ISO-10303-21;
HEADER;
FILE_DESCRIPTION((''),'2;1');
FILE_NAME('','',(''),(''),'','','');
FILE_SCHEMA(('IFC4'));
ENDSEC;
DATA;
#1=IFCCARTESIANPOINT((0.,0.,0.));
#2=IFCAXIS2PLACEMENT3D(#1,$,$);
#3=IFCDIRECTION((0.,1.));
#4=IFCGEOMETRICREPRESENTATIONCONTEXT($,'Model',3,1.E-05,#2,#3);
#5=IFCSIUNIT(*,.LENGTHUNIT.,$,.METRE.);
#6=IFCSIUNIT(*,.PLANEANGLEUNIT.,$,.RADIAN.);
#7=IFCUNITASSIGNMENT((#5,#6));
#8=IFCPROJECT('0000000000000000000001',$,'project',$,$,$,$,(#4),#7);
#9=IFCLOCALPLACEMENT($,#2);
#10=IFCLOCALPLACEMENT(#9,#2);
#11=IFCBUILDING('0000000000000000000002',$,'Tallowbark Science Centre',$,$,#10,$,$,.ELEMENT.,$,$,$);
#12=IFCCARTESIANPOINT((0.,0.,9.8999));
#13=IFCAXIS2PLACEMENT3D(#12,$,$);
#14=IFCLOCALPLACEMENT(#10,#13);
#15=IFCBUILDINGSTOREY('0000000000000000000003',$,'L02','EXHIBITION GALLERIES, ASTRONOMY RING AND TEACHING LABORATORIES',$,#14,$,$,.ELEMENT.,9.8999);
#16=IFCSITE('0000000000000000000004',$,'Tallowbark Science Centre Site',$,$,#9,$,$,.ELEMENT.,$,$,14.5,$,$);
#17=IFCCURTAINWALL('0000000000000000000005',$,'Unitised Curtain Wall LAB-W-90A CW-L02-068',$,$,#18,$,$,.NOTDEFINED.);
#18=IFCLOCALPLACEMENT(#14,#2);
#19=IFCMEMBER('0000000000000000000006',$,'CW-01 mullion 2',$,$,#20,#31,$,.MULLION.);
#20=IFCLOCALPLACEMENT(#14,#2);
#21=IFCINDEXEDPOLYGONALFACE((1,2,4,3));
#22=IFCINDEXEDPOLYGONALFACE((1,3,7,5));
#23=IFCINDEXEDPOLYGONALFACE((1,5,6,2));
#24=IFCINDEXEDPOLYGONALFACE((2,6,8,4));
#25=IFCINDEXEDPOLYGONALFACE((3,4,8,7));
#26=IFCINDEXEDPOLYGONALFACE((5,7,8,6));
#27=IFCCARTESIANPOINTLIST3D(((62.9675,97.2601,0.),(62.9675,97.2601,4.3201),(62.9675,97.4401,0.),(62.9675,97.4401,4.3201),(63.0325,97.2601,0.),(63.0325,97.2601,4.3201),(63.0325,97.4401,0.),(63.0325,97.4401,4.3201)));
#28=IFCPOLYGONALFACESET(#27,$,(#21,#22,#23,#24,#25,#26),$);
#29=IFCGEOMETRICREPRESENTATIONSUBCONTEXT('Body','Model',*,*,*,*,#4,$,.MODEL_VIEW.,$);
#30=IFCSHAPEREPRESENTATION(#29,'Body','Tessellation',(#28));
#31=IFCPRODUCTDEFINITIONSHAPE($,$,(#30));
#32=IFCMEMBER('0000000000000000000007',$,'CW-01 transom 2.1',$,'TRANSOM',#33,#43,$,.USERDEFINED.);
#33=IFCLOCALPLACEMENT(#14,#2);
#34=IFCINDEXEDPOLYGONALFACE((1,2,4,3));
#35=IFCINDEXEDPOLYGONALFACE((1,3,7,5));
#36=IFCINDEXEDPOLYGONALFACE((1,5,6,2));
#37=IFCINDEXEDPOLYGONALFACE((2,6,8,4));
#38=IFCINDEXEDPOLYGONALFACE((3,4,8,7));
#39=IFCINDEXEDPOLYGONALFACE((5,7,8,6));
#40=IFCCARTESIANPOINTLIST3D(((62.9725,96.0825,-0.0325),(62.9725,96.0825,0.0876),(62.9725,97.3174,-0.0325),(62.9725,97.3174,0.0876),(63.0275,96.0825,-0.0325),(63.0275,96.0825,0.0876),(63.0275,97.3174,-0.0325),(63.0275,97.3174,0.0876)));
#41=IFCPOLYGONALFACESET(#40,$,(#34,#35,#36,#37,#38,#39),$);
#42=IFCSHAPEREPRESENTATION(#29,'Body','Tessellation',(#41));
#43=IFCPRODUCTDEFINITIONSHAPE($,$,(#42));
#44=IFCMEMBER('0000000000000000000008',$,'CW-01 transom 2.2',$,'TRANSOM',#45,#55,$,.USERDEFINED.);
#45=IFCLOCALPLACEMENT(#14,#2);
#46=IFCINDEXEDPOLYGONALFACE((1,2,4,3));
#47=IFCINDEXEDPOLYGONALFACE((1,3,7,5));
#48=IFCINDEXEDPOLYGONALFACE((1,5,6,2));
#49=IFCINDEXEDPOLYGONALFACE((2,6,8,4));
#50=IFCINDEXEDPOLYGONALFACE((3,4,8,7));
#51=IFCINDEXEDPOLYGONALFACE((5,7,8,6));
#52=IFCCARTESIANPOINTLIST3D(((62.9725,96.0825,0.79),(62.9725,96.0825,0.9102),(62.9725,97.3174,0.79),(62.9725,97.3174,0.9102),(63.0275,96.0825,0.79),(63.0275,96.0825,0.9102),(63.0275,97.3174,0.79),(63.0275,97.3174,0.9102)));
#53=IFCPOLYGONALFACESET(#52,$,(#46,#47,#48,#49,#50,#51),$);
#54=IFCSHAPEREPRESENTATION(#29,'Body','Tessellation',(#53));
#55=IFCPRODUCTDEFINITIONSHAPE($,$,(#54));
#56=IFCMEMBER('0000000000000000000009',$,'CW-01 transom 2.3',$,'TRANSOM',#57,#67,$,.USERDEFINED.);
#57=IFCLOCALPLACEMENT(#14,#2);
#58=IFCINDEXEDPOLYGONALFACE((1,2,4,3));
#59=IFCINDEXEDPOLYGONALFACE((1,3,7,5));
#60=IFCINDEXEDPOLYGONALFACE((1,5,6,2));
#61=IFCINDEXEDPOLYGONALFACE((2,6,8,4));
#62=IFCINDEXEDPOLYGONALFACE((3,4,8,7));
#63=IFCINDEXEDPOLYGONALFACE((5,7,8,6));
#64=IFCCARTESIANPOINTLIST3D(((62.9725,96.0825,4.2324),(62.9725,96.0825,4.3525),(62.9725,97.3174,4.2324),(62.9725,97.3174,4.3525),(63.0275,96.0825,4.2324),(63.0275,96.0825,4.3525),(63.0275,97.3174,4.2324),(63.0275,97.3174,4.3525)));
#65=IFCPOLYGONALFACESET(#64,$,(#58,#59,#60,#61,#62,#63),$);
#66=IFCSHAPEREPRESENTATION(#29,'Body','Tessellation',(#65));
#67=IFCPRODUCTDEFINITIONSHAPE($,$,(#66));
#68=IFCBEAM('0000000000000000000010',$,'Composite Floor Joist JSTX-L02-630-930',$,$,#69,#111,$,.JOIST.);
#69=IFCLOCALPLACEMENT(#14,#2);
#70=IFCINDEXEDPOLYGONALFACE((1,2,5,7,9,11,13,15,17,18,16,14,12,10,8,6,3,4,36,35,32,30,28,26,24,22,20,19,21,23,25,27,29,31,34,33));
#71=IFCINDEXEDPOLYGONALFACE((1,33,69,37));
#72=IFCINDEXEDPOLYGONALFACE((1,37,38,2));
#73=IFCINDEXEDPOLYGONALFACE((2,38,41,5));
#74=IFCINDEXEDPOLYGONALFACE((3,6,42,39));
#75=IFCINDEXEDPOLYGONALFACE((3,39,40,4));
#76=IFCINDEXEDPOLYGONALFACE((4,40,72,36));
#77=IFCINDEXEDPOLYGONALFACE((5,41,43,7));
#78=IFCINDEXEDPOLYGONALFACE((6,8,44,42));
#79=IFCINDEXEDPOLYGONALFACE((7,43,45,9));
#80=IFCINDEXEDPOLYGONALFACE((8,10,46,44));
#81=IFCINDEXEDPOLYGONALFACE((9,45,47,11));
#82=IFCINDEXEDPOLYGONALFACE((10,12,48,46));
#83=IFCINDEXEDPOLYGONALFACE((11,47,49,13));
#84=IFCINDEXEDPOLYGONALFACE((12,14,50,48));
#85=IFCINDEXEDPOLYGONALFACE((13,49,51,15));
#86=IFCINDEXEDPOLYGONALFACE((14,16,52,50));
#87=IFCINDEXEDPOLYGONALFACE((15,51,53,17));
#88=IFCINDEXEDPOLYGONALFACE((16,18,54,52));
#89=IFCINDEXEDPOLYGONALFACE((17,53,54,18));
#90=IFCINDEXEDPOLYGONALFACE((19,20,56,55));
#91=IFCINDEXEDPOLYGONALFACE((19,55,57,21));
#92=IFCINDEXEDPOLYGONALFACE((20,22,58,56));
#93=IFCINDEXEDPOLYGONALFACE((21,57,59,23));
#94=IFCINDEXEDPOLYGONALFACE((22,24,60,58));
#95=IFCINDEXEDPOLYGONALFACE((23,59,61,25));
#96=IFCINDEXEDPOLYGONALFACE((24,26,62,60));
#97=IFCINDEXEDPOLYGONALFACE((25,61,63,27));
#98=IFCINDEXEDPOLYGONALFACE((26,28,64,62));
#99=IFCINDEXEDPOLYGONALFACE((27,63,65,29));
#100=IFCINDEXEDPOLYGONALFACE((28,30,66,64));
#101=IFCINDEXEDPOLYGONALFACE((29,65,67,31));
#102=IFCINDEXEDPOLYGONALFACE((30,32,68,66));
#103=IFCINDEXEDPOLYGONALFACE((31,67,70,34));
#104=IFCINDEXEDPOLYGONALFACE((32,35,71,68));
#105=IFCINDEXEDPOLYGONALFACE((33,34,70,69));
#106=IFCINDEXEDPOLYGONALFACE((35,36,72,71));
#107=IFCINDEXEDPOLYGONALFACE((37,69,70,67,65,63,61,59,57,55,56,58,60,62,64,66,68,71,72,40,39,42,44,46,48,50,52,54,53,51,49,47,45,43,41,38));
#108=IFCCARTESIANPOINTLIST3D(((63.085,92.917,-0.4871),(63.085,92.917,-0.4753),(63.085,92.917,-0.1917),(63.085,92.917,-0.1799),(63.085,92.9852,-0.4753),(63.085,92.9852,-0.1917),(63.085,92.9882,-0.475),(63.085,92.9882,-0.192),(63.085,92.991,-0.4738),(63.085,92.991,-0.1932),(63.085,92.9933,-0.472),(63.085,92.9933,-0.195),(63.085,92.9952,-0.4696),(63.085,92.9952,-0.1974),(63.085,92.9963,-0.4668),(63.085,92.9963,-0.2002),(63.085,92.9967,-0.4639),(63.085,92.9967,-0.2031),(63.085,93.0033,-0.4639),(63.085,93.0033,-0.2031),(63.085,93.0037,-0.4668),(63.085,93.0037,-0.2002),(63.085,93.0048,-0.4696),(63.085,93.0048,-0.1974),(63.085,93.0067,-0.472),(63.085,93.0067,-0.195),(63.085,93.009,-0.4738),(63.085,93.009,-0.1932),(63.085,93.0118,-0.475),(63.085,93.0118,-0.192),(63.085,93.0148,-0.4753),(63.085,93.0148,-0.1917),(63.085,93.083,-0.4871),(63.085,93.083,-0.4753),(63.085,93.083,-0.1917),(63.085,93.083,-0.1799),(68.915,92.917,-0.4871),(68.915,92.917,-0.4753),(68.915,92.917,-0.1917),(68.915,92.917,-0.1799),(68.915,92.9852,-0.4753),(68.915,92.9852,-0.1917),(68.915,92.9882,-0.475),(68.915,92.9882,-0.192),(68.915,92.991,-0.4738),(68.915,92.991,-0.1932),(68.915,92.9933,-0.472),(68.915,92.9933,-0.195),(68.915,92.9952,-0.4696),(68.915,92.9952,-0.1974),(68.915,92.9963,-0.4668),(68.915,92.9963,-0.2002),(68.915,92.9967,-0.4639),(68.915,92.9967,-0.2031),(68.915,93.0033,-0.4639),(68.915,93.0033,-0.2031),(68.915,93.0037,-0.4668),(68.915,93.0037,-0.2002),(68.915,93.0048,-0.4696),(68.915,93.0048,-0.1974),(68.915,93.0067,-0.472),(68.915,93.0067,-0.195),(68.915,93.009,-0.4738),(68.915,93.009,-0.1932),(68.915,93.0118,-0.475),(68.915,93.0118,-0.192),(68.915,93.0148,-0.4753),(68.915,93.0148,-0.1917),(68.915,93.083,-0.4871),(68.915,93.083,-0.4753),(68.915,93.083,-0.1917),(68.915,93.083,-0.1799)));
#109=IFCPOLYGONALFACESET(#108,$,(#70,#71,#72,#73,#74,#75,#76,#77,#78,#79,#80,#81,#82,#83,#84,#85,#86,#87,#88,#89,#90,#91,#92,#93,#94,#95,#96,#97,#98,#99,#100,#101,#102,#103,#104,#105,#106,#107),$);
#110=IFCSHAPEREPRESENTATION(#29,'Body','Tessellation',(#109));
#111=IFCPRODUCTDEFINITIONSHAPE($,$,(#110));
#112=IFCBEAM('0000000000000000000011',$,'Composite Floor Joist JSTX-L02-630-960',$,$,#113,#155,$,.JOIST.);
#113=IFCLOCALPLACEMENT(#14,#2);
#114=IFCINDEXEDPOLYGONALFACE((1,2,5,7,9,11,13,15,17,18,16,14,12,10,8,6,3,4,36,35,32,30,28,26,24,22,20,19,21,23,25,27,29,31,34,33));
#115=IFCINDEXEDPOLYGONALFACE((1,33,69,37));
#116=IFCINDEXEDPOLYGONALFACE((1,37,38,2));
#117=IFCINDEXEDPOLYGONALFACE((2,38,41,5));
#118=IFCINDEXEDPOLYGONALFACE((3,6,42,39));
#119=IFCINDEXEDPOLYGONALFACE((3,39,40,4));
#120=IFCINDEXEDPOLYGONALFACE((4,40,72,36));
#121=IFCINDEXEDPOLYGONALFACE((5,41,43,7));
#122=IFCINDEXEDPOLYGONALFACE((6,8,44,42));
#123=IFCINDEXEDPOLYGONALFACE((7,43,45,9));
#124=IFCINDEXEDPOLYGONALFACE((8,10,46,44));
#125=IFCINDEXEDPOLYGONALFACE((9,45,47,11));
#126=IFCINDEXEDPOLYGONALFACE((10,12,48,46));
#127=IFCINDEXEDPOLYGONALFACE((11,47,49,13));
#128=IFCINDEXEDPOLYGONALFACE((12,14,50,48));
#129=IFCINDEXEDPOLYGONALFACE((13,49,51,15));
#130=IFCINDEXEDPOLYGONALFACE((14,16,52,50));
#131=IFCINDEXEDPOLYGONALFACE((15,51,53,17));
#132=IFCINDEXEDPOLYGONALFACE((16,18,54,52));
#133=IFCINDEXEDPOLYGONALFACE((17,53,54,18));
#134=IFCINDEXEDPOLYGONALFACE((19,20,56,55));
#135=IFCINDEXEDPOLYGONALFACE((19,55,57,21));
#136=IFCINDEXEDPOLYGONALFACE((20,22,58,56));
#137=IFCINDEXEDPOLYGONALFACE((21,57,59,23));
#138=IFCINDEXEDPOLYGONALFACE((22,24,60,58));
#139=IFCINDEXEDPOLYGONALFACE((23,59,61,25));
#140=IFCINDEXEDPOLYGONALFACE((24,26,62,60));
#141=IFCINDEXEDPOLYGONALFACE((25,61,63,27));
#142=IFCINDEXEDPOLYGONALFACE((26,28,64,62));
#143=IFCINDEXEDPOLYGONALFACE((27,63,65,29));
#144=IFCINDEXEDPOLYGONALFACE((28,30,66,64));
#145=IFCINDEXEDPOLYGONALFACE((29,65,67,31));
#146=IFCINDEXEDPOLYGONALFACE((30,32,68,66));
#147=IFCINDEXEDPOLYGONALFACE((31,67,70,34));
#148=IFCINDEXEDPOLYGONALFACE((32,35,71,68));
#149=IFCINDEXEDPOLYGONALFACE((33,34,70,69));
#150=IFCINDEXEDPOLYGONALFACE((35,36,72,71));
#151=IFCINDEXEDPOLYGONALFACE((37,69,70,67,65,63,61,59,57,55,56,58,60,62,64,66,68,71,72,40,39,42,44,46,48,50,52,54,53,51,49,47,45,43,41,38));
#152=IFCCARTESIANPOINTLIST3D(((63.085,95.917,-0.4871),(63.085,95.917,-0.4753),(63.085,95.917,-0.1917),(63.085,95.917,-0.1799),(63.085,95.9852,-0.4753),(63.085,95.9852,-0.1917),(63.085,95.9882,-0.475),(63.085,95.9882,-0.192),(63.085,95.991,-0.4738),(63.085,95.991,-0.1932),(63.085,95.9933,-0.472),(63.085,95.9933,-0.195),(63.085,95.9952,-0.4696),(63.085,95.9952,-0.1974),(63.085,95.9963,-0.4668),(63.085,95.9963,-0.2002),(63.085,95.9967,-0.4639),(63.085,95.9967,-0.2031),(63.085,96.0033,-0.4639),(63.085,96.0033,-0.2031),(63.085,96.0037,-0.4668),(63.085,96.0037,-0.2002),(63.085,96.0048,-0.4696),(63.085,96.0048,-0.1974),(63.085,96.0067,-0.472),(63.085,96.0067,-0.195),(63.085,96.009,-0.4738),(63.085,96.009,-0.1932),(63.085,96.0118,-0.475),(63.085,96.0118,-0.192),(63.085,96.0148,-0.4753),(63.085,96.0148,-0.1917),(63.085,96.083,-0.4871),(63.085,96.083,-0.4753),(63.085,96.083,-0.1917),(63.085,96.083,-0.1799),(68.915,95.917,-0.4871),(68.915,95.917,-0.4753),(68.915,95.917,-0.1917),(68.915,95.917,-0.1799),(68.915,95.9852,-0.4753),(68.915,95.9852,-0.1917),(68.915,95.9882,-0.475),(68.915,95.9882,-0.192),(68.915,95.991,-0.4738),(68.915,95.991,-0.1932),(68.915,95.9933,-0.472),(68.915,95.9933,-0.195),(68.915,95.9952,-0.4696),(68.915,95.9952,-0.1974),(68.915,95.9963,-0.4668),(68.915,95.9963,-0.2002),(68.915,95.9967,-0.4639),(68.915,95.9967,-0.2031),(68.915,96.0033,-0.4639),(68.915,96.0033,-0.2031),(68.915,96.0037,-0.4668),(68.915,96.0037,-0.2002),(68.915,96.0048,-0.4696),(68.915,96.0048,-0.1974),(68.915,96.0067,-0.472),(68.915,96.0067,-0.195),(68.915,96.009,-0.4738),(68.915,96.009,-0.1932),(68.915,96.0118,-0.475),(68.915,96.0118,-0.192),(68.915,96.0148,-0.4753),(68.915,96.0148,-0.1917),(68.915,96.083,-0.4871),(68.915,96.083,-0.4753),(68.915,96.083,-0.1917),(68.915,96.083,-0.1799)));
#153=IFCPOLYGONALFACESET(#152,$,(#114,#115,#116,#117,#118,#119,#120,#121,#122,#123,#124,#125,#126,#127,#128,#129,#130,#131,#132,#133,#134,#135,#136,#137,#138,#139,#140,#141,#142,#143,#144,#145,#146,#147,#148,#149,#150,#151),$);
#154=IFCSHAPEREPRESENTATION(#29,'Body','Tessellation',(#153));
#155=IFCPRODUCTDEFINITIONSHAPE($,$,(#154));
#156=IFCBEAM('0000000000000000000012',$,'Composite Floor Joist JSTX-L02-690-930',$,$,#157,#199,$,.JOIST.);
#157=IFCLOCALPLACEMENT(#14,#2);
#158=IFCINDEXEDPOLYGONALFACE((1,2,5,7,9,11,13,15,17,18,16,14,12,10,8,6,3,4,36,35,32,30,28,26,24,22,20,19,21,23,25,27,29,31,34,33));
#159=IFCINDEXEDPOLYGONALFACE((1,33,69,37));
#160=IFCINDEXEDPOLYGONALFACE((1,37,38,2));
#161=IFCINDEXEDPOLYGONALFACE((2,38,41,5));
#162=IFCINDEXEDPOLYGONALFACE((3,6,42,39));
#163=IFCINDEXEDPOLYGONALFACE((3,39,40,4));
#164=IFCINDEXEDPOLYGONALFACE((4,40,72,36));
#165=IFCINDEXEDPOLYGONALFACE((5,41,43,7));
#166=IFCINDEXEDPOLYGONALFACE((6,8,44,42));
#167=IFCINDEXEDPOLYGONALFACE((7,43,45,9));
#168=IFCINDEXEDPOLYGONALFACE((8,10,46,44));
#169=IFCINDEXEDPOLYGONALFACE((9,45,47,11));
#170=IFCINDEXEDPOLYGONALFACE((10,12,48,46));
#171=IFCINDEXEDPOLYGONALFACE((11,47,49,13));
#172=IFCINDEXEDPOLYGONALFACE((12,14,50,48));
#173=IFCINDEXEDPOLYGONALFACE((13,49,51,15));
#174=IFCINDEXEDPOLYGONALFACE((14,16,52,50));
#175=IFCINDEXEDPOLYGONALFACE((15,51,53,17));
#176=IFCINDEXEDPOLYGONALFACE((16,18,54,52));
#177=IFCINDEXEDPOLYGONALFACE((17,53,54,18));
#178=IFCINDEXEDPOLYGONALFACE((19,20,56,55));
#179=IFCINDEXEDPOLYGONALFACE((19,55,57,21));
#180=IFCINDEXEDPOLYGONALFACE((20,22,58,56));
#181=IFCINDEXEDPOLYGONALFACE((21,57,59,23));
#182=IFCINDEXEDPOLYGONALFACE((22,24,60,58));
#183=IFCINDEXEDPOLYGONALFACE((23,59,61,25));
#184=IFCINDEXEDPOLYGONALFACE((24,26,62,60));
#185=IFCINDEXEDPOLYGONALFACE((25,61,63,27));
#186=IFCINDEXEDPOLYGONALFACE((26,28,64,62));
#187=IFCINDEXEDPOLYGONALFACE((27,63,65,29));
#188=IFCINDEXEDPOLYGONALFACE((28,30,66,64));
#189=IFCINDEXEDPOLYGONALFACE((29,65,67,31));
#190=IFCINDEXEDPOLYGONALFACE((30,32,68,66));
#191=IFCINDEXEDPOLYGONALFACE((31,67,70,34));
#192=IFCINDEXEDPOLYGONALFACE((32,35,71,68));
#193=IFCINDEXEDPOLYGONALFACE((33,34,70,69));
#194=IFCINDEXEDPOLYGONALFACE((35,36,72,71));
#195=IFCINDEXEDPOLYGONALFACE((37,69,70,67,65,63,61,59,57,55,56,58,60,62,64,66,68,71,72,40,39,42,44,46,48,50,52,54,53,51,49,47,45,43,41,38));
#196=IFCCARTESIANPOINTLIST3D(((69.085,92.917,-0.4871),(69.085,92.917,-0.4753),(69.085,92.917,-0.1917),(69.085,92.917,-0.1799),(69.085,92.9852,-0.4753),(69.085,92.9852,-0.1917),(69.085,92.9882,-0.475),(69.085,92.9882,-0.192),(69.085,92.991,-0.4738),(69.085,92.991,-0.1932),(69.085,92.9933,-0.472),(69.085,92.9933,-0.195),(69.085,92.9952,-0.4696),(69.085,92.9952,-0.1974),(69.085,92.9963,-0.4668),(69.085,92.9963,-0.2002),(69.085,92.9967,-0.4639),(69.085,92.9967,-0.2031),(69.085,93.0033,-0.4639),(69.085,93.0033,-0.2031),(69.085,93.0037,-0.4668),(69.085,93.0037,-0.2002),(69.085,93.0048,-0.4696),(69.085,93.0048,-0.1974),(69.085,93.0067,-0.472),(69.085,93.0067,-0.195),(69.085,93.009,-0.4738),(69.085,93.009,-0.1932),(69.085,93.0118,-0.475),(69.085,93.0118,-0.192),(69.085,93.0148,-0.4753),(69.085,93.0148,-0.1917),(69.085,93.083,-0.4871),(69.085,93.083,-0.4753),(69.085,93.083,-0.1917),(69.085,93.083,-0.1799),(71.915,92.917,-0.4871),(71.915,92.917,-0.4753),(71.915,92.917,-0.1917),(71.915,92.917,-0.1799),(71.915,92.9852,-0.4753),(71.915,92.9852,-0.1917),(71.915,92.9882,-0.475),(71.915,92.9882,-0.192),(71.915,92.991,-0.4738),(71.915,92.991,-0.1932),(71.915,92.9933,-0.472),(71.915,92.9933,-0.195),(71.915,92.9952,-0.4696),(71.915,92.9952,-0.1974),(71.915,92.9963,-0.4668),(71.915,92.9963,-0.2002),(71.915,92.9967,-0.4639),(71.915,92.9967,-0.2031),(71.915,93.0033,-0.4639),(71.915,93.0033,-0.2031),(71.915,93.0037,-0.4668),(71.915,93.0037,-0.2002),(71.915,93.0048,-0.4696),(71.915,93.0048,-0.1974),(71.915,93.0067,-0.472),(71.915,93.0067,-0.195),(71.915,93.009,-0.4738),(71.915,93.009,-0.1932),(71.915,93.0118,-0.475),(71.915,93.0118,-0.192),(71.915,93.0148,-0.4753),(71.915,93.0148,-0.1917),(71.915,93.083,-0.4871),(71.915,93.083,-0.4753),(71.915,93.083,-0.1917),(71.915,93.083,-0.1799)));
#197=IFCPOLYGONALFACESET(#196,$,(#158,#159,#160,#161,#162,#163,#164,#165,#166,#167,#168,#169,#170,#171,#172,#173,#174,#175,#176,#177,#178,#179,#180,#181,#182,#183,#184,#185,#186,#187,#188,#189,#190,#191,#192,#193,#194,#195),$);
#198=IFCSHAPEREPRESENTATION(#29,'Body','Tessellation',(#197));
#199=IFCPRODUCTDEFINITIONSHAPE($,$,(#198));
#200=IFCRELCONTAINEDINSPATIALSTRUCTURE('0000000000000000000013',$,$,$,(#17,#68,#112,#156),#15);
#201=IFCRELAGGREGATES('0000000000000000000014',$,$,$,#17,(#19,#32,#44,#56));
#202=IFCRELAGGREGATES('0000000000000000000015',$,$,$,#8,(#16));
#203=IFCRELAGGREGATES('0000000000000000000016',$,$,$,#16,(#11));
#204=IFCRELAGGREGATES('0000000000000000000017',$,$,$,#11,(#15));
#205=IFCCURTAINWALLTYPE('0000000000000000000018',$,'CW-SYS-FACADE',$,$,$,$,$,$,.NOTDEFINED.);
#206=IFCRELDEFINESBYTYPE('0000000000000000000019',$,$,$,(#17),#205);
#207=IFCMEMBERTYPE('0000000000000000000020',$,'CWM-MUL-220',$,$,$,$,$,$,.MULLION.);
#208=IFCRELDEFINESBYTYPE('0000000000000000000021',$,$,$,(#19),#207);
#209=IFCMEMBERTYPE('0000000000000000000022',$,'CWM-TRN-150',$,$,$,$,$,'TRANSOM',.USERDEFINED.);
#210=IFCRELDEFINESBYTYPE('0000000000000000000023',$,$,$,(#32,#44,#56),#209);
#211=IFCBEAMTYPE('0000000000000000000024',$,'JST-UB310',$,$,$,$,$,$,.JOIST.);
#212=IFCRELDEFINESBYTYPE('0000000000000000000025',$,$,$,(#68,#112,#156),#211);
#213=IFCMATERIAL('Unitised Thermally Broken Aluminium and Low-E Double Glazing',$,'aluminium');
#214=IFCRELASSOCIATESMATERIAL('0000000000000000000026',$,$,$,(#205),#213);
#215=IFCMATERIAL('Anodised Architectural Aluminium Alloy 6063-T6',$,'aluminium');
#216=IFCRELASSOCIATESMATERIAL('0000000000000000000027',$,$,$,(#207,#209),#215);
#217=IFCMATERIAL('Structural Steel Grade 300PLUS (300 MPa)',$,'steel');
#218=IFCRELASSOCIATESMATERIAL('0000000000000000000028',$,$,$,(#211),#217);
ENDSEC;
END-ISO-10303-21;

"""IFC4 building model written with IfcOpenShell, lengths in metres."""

from ifc_helpers import new_model, si_unit, direction, frame, origin, origin_2d, place, context, subcontext, project, spatial, rectangle, i_section, extrude, material, material_profile, profile_set, type_object, element, aggregate, save


model = new_model("IFC4")

# Units and contexts
model_context = context("Model", 3, precision=1e-05, world=origin(), true_north=direction((0.0, 1.0)))
body_context = subcontext(model_context, "Body", "Model", "MODEL_VIEW")
ifc_project = project(units=[si_unit("LENGTHUNIT", "METRE"), si_unit("PLANEANGLEUNIT", "RADIAN")], contexts=[model_context])

# Site, building, storey
site_placement = place(None, origin())
site = spatial("IfcSite", under=ifc_project, at=site_placement, Name="Tallowbark Science Centre Site", CompositionType="ELEMENT", RefElevation=14.5)
building_placement = place(site_placement, origin())
building = spatial("IfcBuilding", under=site, at=building_placement, Name="Tallowbark Science Centre", CompositionType="ELEMENT")
storey_placement = place(building_placement, frame((0.0, 0.0, 9.8999)))
storey = spatial("IfcBuildingStorey", under=building, at=storey_placement, Name="L02", Description="EXHIBITION GALLERIES, ASTRONOMY RING AND TEACHING LABORATORIES", CompositionType="ELEMENT", Elevation=9.8999)

# Curtain wall, members
ifc_material_1 = material(Name="Unitised Thermally Broken Aluminium and Low-E Double Glazing", Category="aluminium")
curtain_wall_type = type_object("IfcCurtainWallType", Name="CW-SYS-FACADE", PredefinedType="NOTDEFINED", material=ifc_material_1)
curtain_wall_placement = place(storey_placement, origin())
curtain_wall = element("IfcCurtainWall", 1, at=curtain_wall_placement, inside=storey, type_object=curtain_wall_type, Name="Unitised Curtain Wall LAB-W-90A CW-L02-068", PredefinedType="NOTDEFINED")
ifc_material_2 = material(Name="Anodised Architectural Aluminium Alloy 6063-T6", Category="aluminium")
ifc_material_profile_1 = material_profile(ifc_material_2, rectangle(XDim=0.0649, YDim=0.1799, at=origin_2d()), Name="ALU65x180")
ifc_profile_set_1 = profile_set([ifc_material_profile_1], Name="Anodised Architectural Aluminium Alloy 6063-T6")
member_type_1 = type_object("IfcMemberType", Name="CWM-MUL-220", PredefinedType="MULLION", material=ifc_profile_set_1)
member_1_placement = place(storey_placement, frame((63.0, 97.3501, 0.0), z_axis=(0.0, 0.0, 1.0), x_axis=(1.0, 0.0, 0.0)))
member_1 = element("IfcMember", 2, at=member_1_placement, type_object=member_type_1, Name="CW-01 mullion 2", PredefinedType="MULLION", context=body_context, shape_type="SweptSolid", body=[
    extrude(rectangle(XDim=0.0649, YDim=0.1799, at=origin_2d()), origin(), (0.0, 0.0, 1.0), 4.3201),
])
ifc_material_profile_2 = material_profile(ifc_material_2, rectangle(XDim=0.0549, YDim=0.1201, at=origin_2d()), Name="ALU55x120")
ifc_profile_set_2 = profile_set([ifc_material_profile_2], Name="Anodised Architectural Aluminium Alloy 6063-T6")
member_type_2 = type_object("IfcMemberType", Name="CWM-TRN-150", ElementType="TRANSOM", PredefinedType="USERDEFINED", material=ifc_profile_set_2)
member_2_placement = place(storey_placement, frame((63.0, 97.3174, 0.0276), z_axis=(0.0, -1.0, 0.0), x_axis=(1.0, 0.0, 0.0)))
member_2 = element("IfcMember", 3, at=member_2_placement, type_object=member_type_2, Name="CW-01 transom 2.1", ObjectType="TRANSOM", PredefinedType="USERDEFINED", context=body_context, shape_type="SweptSolid", body=[
    extrude(rectangle(XDim=0.0549, YDim=0.1201, at=origin_2d()), origin(), (0.0, 0.0, 1.0), 1.2349),
])
member_3_placement = place(storey_placement, frame((63.0, 97.3174, 0.8501), z_axis=(0.0, -1.0, 0.0), x_axis=(1.0, 0.0, 0.0)))
member_3 = element("IfcMember", 4, at=member_3_placement, type_object=member_type_2, Name="CW-01 transom 2.2", ObjectType="TRANSOM", PredefinedType="USERDEFINED", context=body_context, shape_type="SweptSolid", body=[
    extrude(rectangle(XDim=0.0549, YDim=0.1201, at=origin_2d()), origin(), (0.0, 0.0, 1.0), 1.2349),
])
member_4_placement = place(storey_placement, frame((63.0, 97.3174, 4.2925), z_axis=(0.0, -1.0, 0.0), x_axis=(1.0, 0.0, 0.0)))
member_4 = element("IfcMember", 5, at=member_4_placement, type_object=member_type_2, Name="CW-01 transom 2.3", ObjectType="TRANSOM", PredefinedType="USERDEFINED", context=body_context, shape_type="SweptSolid", body=[
    extrude(rectangle(XDim=0.0549, YDim=0.1201, at=origin_2d()), origin(), (0.0, 0.0, 1.0), 1.2349),
])

# Beams
ifc_material_3 = material(Name="Structural Steel Grade 300PLUS (300 MPa)", Category="steel")
ifc_material_profile_3 = material_profile(ifc_material_3, i_section(OverallWidth=0.166, OverallDepth=0.3071, WebThickness=0.0066, FlangeThickness=0.0117, FilletRadius=0.0115, at=origin_2d()), Name="310UB46.2")
ifc_profile_set_3 = profile_set([ifc_material_profile_3], Name="Structural Steel Grade 300PLUS (300 MPa)")
beam_type_1 = type_object("IfcBeamType", Name="JST-UB310", PredefinedType="JOIST", material=ifc_profile_set_3)
for number, where, z_axis, x_axis, name in (
    (6, (63.085, 93.0, -0.3335), (1.0, 0.0, 0.0), (0.0, 1.0, 0.0), "Composite Floor Joist JSTX-L02-630-930"),
    (7, (63.085, 96.0, -0.3335), (1.0, 0.0, 0.0), (0.0, 1.0, 0.0), "Composite Floor Joist JSTX-L02-630-960"),
):
    element("IfcBeam", number, at=place(storey_placement, frame(where, z_axis=z_axis, x_axis=x_axis)), inside=storey, type_object=beam_type_1, Name=name, PredefinedType="JOIST", context=body_context, shape_type="SweptSolid", body=[
        extrude(i_section(OverallWidth=0.166, OverallDepth=0.3071, WebThickness=0.0066, FlangeThickness=0.0117, FilletRadius=0.0115, at=origin_2d()), origin(), (0.0, 0.0, 1.0), 5.8301),
    ])
for number, where, z_axis, x_axis, name in (
    (8, (69.085, 93.0, -0.3335), (1.0, 0.0, 0.0), (0.0, 1.0, 0.0), "Composite Floor Joist JSTX-L02-690-930"),
):
    element("IfcBeam", number, at=place(storey_placement, frame(where, z_axis=z_axis, x_axis=x_axis)), inside=storey, type_object=beam_type_1, Name=name, PredefinedType="JOIST", context=body_context, shape_type="SweptSolid", body=[
        extrude(i_section(OverallWidth=0.166, OverallDepth=0.3071, WebThickness=0.0066, FlangeThickness=0.0117, FilletRadius=0.0115, at=origin_2d()), origin(), (0.0, 0.0, 1.0), 2.8301),
    ])

aggregate(curtain_wall, [member_1, member_2, member_3, member_4])

save(model, "model.ifc")
